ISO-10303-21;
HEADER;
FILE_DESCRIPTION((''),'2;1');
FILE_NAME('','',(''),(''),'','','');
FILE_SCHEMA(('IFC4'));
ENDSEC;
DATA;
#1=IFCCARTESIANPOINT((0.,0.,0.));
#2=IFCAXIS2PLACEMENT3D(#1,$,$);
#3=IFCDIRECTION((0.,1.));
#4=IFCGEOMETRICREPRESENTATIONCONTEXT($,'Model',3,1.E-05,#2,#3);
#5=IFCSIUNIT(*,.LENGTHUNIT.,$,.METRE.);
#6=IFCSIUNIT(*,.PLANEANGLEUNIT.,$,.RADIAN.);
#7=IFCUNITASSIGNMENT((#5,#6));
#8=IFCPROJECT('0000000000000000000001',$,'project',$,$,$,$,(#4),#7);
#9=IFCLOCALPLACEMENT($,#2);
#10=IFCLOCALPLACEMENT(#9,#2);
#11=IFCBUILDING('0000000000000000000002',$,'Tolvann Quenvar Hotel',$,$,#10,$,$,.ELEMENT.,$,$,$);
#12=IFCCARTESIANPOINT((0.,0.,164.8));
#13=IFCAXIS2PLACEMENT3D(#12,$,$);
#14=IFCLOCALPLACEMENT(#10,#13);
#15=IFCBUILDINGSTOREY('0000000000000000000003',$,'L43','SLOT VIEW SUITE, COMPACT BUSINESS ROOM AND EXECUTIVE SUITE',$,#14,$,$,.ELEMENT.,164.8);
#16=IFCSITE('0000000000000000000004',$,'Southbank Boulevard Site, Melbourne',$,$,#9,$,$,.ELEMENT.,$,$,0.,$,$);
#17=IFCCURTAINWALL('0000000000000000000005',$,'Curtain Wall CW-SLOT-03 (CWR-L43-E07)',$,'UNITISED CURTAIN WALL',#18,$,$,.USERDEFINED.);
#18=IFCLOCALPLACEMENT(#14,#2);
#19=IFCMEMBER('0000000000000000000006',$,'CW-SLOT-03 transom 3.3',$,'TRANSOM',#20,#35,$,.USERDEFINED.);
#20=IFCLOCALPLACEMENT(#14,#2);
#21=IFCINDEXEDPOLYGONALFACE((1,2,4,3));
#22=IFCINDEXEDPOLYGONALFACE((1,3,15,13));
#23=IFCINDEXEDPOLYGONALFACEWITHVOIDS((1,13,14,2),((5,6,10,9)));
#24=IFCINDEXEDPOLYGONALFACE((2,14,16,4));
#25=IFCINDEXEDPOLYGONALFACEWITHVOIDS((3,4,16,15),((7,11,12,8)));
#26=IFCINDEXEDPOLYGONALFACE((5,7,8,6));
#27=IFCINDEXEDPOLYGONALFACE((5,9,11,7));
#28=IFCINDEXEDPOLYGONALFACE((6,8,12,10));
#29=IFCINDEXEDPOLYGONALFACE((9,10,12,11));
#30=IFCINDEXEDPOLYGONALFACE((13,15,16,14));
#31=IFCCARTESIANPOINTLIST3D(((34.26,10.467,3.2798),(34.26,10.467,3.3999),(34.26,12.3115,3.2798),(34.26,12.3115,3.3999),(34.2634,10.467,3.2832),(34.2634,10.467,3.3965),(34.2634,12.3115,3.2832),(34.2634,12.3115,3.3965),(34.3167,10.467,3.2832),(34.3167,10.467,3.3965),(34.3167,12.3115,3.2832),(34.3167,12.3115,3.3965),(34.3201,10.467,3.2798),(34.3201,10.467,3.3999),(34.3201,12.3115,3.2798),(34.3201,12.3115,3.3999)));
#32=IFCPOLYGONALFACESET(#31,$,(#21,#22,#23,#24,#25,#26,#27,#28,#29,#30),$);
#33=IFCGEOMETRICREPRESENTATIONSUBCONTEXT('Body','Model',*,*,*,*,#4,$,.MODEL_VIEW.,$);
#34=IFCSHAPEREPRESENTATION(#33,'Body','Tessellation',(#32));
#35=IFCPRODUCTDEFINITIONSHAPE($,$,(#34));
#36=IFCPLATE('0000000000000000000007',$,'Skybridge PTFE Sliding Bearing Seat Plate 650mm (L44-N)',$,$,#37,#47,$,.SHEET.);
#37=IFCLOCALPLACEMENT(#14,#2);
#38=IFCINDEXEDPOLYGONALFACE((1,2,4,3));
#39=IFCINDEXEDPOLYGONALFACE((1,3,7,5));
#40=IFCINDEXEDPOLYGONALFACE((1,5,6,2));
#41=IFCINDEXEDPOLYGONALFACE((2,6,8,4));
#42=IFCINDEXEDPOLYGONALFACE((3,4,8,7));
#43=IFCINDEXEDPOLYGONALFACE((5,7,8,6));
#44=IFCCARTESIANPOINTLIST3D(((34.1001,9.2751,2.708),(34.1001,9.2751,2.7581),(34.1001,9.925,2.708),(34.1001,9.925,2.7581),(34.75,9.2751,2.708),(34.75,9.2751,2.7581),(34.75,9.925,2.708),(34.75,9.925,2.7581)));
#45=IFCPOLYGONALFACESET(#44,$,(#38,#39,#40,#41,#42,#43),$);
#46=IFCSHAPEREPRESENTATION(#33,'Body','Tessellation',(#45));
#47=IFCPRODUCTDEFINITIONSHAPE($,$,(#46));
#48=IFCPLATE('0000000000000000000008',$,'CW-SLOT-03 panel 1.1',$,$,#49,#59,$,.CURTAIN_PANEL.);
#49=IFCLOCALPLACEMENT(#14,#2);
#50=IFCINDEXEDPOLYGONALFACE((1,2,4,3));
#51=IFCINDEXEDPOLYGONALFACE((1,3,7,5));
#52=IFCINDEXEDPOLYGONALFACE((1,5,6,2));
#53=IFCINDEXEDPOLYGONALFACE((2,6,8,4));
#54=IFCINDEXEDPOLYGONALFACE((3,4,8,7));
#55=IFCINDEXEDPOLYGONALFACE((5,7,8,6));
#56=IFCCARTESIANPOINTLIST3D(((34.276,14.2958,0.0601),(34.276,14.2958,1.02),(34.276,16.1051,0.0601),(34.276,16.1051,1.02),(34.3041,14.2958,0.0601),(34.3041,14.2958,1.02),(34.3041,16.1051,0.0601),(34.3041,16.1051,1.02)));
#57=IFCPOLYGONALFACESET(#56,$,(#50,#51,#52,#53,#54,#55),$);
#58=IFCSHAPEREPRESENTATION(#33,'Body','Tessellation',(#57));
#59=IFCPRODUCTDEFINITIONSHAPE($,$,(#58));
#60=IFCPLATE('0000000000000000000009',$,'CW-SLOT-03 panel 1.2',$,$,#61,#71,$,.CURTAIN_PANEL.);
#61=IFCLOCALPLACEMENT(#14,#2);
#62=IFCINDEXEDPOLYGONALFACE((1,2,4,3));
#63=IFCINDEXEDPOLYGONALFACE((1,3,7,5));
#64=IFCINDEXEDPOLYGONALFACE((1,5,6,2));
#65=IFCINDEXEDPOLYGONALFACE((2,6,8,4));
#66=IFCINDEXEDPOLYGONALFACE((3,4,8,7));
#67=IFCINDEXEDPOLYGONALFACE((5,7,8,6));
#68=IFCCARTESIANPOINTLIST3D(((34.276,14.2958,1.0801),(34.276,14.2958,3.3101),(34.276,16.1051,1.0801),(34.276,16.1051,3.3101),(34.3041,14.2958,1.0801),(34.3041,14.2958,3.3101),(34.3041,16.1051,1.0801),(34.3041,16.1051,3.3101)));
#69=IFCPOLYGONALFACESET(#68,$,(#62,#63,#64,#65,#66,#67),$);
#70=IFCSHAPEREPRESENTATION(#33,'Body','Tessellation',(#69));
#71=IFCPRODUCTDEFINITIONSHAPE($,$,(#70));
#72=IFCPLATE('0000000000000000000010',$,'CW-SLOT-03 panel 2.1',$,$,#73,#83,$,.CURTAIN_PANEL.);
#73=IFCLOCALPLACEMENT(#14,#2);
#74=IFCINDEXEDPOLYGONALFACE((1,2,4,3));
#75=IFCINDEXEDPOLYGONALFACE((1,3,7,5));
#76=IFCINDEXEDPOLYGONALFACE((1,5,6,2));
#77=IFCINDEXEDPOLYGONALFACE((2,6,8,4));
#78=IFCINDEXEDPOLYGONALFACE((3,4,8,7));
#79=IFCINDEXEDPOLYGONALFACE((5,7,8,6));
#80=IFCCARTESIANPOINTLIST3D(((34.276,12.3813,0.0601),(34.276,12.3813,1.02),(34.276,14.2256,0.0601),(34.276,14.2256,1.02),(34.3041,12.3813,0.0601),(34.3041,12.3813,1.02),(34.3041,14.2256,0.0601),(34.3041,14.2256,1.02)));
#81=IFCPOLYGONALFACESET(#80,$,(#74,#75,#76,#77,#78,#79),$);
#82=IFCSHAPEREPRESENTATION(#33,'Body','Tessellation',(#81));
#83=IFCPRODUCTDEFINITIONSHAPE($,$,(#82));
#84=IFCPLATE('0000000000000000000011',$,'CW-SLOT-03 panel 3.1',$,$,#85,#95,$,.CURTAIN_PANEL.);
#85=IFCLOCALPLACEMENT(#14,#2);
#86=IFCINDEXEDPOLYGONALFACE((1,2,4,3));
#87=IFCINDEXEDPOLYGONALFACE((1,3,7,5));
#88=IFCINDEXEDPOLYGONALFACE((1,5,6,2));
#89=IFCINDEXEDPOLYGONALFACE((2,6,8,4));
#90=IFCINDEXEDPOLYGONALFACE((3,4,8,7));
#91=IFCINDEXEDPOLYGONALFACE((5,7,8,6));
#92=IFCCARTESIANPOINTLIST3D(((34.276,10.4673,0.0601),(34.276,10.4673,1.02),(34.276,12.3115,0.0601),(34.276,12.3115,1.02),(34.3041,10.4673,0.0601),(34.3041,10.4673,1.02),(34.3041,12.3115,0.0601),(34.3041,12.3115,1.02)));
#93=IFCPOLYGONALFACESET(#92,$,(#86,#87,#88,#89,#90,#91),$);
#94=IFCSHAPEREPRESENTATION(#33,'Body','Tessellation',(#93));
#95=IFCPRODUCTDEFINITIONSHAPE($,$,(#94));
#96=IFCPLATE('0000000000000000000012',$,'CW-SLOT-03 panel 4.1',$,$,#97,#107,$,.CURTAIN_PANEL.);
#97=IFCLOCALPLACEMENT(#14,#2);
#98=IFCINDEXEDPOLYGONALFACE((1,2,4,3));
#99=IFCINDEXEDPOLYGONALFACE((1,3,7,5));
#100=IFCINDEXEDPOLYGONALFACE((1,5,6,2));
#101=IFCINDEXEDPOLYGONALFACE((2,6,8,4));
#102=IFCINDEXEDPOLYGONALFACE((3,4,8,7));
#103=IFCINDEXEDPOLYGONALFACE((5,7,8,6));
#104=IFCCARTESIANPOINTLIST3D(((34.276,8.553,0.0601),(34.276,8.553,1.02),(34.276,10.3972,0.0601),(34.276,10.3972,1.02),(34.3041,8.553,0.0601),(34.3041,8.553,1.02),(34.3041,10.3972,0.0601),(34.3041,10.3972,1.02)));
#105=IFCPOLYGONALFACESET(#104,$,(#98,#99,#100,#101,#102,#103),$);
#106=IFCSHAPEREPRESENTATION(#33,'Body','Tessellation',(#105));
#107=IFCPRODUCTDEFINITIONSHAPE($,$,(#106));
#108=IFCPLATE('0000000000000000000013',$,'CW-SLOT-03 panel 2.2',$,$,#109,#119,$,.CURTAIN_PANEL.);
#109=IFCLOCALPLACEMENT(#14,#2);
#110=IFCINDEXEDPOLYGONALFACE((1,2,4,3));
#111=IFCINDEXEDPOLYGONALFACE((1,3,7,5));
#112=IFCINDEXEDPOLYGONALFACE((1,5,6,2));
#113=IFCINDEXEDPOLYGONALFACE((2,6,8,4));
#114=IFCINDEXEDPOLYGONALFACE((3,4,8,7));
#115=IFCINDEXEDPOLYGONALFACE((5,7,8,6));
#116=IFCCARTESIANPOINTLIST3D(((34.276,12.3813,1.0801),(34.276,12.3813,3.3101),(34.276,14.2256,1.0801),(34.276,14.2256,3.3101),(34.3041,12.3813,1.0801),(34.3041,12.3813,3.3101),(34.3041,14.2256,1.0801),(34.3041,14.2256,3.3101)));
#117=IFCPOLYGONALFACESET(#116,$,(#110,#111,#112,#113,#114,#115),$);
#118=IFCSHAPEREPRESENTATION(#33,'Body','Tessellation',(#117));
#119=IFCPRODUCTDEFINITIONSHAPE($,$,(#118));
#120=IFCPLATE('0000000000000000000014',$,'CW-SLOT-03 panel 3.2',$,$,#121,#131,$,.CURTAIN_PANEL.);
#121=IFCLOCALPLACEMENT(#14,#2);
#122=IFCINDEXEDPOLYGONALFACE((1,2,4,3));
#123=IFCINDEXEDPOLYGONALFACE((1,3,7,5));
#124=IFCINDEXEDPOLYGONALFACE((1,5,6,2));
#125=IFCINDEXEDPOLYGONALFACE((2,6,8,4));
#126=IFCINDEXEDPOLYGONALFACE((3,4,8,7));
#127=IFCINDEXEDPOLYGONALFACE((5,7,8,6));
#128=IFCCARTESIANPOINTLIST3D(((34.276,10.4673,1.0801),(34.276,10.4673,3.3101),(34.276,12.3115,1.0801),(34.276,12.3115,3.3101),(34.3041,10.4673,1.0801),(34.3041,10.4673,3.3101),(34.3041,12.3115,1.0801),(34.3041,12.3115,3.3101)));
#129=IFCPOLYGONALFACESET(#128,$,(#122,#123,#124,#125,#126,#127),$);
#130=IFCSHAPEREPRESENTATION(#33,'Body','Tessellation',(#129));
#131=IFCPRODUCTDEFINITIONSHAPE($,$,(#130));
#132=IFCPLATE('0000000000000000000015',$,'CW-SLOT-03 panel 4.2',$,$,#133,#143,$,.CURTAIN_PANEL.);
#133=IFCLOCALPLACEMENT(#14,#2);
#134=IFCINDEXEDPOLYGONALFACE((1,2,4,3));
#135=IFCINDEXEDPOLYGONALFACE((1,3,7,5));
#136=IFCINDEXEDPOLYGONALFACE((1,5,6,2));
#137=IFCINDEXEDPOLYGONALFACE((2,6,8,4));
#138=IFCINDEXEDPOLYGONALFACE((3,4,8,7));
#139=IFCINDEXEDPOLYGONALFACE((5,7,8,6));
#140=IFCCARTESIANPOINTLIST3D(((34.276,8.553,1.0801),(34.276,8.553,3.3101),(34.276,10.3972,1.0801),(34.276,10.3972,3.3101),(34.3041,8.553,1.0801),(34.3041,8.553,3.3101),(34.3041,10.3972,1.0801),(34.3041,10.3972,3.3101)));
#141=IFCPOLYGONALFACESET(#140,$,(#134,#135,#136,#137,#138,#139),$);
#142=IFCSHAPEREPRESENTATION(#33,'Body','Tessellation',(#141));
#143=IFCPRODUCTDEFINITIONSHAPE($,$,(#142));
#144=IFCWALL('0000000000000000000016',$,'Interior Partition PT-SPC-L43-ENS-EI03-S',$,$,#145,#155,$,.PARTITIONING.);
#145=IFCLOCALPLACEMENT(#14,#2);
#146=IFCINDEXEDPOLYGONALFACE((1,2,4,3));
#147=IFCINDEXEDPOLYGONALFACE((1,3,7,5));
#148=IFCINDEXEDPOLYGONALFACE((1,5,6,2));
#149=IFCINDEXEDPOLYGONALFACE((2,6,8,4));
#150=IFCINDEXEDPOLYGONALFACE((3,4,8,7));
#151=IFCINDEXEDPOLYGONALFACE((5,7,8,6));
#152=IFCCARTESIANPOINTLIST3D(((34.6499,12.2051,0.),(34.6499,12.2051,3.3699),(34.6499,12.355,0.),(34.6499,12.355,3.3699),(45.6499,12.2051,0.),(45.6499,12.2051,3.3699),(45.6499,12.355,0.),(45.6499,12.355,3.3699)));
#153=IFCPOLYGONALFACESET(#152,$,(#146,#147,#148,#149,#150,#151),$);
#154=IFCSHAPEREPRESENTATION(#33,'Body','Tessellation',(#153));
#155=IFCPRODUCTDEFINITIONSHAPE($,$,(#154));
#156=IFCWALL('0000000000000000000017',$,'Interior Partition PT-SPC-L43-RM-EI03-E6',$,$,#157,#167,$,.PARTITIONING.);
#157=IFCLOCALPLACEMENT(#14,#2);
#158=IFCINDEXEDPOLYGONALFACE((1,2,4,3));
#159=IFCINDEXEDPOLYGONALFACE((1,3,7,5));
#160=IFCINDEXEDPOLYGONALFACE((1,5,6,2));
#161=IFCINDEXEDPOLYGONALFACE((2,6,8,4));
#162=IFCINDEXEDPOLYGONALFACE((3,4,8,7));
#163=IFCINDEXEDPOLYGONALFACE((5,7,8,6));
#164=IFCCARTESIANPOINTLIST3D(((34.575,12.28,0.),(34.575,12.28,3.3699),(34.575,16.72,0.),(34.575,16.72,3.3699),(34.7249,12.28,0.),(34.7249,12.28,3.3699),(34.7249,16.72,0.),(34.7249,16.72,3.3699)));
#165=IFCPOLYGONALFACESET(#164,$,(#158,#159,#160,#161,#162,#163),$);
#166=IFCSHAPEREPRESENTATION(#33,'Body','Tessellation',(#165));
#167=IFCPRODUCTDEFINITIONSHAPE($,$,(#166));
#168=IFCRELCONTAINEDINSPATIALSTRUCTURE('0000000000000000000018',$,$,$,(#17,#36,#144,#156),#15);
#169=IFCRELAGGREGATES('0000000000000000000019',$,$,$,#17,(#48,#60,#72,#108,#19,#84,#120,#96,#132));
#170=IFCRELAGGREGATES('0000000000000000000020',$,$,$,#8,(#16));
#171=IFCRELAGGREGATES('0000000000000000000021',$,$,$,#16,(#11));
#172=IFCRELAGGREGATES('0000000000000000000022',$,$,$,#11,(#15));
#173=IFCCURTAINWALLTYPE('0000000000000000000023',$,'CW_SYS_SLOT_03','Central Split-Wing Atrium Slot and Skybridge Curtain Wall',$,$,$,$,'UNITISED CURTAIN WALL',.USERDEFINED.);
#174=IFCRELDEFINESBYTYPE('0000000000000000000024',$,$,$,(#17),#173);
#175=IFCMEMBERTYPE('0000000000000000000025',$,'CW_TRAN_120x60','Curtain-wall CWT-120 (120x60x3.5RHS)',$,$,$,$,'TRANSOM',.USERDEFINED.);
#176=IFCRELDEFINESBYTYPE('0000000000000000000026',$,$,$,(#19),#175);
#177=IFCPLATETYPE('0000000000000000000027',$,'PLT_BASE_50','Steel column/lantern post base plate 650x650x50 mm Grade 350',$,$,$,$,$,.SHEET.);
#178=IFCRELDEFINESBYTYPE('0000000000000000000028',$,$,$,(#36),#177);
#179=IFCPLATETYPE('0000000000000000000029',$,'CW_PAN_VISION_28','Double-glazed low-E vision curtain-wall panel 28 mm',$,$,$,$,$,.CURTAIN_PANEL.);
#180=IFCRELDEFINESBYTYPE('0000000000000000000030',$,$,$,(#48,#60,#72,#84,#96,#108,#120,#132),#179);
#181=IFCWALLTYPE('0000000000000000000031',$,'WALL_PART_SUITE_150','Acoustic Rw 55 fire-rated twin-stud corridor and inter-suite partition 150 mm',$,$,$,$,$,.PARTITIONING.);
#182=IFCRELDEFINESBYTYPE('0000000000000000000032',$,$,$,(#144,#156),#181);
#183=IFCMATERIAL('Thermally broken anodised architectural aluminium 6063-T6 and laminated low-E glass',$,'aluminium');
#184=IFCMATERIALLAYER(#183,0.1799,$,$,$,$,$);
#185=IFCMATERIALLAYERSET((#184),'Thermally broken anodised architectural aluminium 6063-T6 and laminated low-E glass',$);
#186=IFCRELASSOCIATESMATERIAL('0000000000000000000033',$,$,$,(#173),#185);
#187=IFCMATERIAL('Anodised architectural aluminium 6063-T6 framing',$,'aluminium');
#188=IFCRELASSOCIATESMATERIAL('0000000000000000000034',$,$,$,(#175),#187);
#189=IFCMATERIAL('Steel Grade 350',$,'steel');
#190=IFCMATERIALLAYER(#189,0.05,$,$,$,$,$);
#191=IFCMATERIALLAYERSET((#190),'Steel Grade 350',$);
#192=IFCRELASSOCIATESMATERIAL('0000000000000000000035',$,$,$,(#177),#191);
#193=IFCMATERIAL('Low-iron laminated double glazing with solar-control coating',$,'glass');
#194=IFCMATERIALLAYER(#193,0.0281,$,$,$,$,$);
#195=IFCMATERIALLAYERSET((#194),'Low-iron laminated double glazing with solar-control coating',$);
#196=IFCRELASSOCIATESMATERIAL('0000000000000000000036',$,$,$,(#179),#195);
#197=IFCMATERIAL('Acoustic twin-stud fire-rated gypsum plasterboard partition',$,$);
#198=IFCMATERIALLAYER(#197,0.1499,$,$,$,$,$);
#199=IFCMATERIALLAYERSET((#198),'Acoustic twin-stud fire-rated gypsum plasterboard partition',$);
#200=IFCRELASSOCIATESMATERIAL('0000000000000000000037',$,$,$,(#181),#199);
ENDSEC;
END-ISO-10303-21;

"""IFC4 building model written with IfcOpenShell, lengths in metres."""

from ifc_helpers import new_model, si_unit, direction, frame, frame_2d, origin, origin_2d, place, context, subcontext, project, spatial, rectangle, hollow_rectangle, extrude, source, transform, mapped, material, layer, layer_set, material_profile, profile_set, type_object, type_shapes, element, aggregate, save


model = new_model("IFC4")

# Units and contexts
model_context = context("Model", 3, precision=1e-05, world=origin(), true_north=direction((0.0, 1.0)))
body_context = subcontext(model_context, "Body", "Model", "MODEL_VIEW")
ifc_project = project(units=[si_unit("LENGTHUNIT", "METRE"), si_unit("PLANEANGLEUNIT", "RADIAN")], contexts=[model_context])

# Site, building, storey
site_placement = place(None, origin())
site = spatial("IfcSite", under=ifc_project, at=site_placement, Name="Southbank Boulevard Site, Melbourne", CompositionType="ELEMENT", RefElevation=0.0)
building_placement = place(site_placement, origin())
building = spatial("IfcBuilding", under=site, at=building_placement, Name="Tolvann Quenvar Hotel", CompositionType="ELEMENT")
storey_placement = place(building_placement, frame((0.0, 0.0, 164.8)))
storey = spatial("IfcBuildingStorey", under=building, at=storey_placement, Name="L43", Description="SLOT VIEW SUITE, COMPACT BUSINESS ROOM AND EXECUTIVE SUITE", CompositionType="ELEMENT", Elevation=164.8)

# Shared definitions
ifc_material_1 = material(Name="Steel Grade 350", Category="steel")

# Curtain wall, member
ifc_material_2 = material(Name="Thermally broken anodised architectural aluminium 6063-T6 and laminated low-E glass", Category="aluminium")
ifc_layer_1 = layer(ifc_material_2, 0.1799)
ifc_layer_set_1 = layer_set([ifc_layer_1], Name="Thermally broken anodised architectural aluminium 6063-T6 and laminated low-E glass")
curtain_wall_type = type_object("IfcCurtainWallType", Name="CW_SYS_SLOT_03", Description="Central Split-Wing Atrium Slot and Skybridge Curtain Wall", ElementType="UNITISED CURTAIN WALL", PredefinedType="USERDEFINED", material=ifc_layer_set_1)
curtain_wall_placement = place(storey_placement, origin())
curtain_wall = element("IfcCurtainWall", 1, at=curtain_wall_placement, inside=storey, type_object=curtain_wall_type, Name="Curtain Wall CW-SLOT-03 (CWR-L43-E07)", ObjectType="UNITISED CURTAIN WALL", PredefinedType="USERDEFINED")
ifc_material_3 = material(Name="Anodised architectural aluminium 6063-T6 framing", Category="aluminium")
ifc_material_profile_1 = material_profile(ifc_material_3, hollow_rectangle(XDim=0.0601, YDim=0.1201, WallThickness=0.0034, at=origin_2d()), Name="120x60x3.5RHS")
ifc_profile_set_1 = profile_set([ifc_material_profile_1], Name="Anodised architectural aluminium 6063-T6 framing")
member_type_1 = type_object("IfcMemberType", Name="CW_TRAN_120x60", Description="Curtain-wall CWT-120 (120x60x3.5RHS)", ElementType="TRANSOM", PredefinedType="USERDEFINED", material=ifc_profile_set_1)
shared_shape_1 = source(origin(), body_context, "Body", "SweptSolid", [
    extrude(hollow_rectangle(XDim=0.0601, YDim=0.1201, WallThickness=0.0034, at=origin_2d()), origin(), (0.0, 0.0, 1.0), 1.8445),
])
member_1_placement = place(storey_placement, frame((34.29, 12.3115, 3.3398), z_axis=(0.0, -1.0, 0.0), x_axis=(1.0, 0.0, 0.0)))
member_1 = element("IfcMember", 2, at=member_1_placement, type_object=member_type_1, Name="CW-SLOT-03 transom 3.3", ObjectType="TRANSOM", PredefinedType="USERDEFINED", context=body_context, shape_type="MappedRepresentation", body=[
    mapped(shared_shape_1, transform((0.0, 0.0, 0.0), x_axis=(1.0, 0.0, 0.0), y_axis=(0.0, 1.0, 0.0), z_axis=(0.0, 0.0, 1.0), scale=1.0)),
])

# Plates
ifc_layer_2 = layer(ifc_material_1, 0.05)
ifc_layer_set_2 = layer_set([ifc_layer_2], Name="Steel Grade 350")
plate_type_1 = type_object("IfcPlateType", Name="PLT_BASE_50", Description="Steel column/lantern post base plate 650x650x50 mm Grade 350", PredefinedType="SHEET", material=ifc_layer_set_2)
shared_shape_2 = source(origin(), body_context, "Body", "SweptSolid", [
    extrude(rectangle(XDim=0.6499, YDim=0.6499, at=origin_2d()), origin(), (0.0, 0.0, 1.0), 0.05),
])
type_shapes(plate_type_1, [shared_shape_2])
plate_1_placement = place(storey_placement, frame((34.425, 9.6001, 2.708), z_axis=(0.0, 0.0, 1.0), x_axis=(1.0, 0.0, 0.0)))
element("IfcPlate", 3, at=plate_1_placement, inside=storey, type_object=plate_type_1, Name="Skybridge PTFE Sliding Bearing Seat Plate 650mm (L44-N)", PredefinedType="SHEET", context=body_context, shape_type="MappedRepresentation", body=[
    mapped(shared_shape_2, transform((0.0, 0.0, 0.0), x_axis=(1.0, 0.0, 0.0), y_axis=(0.0, 1.0, 0.0), z_axis=(0.0, 0.0, 1.0), scale=1.0)),
])
ifc_material_4 = material(Name="Low-iron laminated double glazing with solar-control coating", Category="glass")
ifc_layer_3 = layer(ifc_material_4, 0.0281)
ifc_layer_set_3 = layer_set([ifc_layer_3], Name="Low-iron laminated double glazing with solar-control coating")
plate_type_2 = type_object("IfcPlateType", Name="CW_PAN_VISION_28", Description="Double-glazed low-E vision curtain-wall panel 28 mm", PredefinedType="CURTAIN_PANEL", material=ifc_layer_set_3)
shared_shape_3 = source(origin(), body_context, "Body", "SweptSolid", [
    extrude(rectangle(XDim=1.8093, YDim=0.0281, at=origin_2d()), origin(), (0.0, 0.0, 1.0), 0.96),
])
plate_2_placement = place(storey_placement, frame((34.29, 15.2004, 0.0601), z_axis=(0.0, 0.0, 1.0), x_axis=(0.0, -1.0, 0.0)))
plate_2 = element("IfcPlate", 4, at=plate_2_placement, type_object=plate_type_2, Name="CW-SLOT-03 panel 1.1", PredefinedType="CURTAIN_PANEL", context=body_context, shape_type="MappedRepresentation", body=[
    mapped(shared_shape_3, transform((0.0, 0.0, 0.0), x_axis=(1.0, 0.0, 0.0), y_axis=(0.0, 1.0, 0.0), z_axis=(0.0, 0.0, 1.0), scale=1.0)),
])
shared_shape_4 = source(origin(), body_context, "Body", "SweptSolid", [
    extrude(rectangle(XDim=1.8093, YDim=0.0281, at=origin_2d()), origin(), (0.0, 0.0, 1.0), 2.23),
])
plate_3_placement = place(storey_placement, frame((34.29, 15.2004, 1.0801), z_axis=(0.0, 0.0, 1.0), x_axis=(0.0, -1.0, 0.0)))
plate_3 = element("IfcPlate", 5, at=plate_3_placement, type_object=plate_type_2, Name="CW-SLOT-03 panel 1.2", PredefinedType="CURTAIN_PANEL", context=body_context, shape_type="MappedRepresentation", body=[
    mapped(shared_shape_4, transform((0.0, 0.0, 0.0), x_axis=(1.0, 0.0, 0.0), y_axis=(0.0, 1.0, 0.0), z_axis=(0.0, 0.0, 1.0), scale=1.0)),
])
shared_shape_5 = source(origin(), body_context, "Body", "SweptSolid", [
    extrude(rectangle(XDim=1.8442, YDim=0.0281, at=origin_2d()), origin(), (0.0, 0.0, 1.0), 0.96),
])
plate_4_placement = place(storey_placement, frame((34.29, 13.3035, 0.0601), z_axis=(0.0, 0.0, 1.0), x_axis=(0.0, -1.0, 0.0)))
plate_4 = element("IfcPlate", 6, at=plate_4_placement, type_object=plate_type_2, Name="CW-SLOT-03 panel 2.1", PredefinedType="CURTAIN_PANEL", context=body_context, shape_type="MappedRepresentation", body=[
    mapped(shared_shape_5, transform((0.0, 0.0, 0.0), x_axis=(1.0, 0.0, 0.0), y_axis=(0.0, 1.0, 0.0), z_axis=(0.0, 0.0, 1.0), scale=1.0)),
])
plate_5_placement = place(storey_placement, frame((34.29, 11.3894, 0.0601), z_axis=(0.0, 0.0, 1.0), x_axis=(0.0, -1.0, 0.0)))
plate_5 = element("IfcPlate", 7, at=plate_5_placement, type_object=plate_type_2, Name="CW-SLOT-03 panel 3.1", PredefinedType="CURTAIN_PANEL", context=body_context, shape_type="MappedRepresentation", body=[
    mapped(shared_shape_5, transform((0.0, 0.0, 0.0), x_axis=(1.0, 0.0, 0.0), y_axis=(0.0, 1.0, 0.0), z_axis=(0.0, 0.0, 1.0), scale=1.0)),
])
plate_6_placement = place(storey_placement, frame((34.29, 9.4751, 0.0601), z_axis=(0.0, 0.0, 1.0), x_axis=(0.0, -1.0, 0.0)))
plate_6 = element("IfcPlate", 8, at=plate_6_placement, type_object=plate_type_2, Name="CW-SLOT-03 panel 4.1", PredefinedType="CURTAIN_PANEL", context=body_context, shape_type="MappedRepresentation", body=[
    mapped(shared_shape_5, transform((0.0, 0.0, 0.0), x_axis=(1.0, 0.0, 0.0), y_axis=(0.0, 1.0, 0.0), z_axis=(0.0, 0.0, 1.0), scale=1.0)),
])
shared_shape_6 = source(origin(), body_context, "Body", "SweptSolid", [
    extrude(rectangle(XDim=1.8442, YDim=0.0281, at=origin_2d()), origin(), (0.0, 0.0, 1.0), 2.23),
])
type_shapes(plate_type_2, [shared_shape_3, shared_shape_4, shared_shape_5, shared_shape_6])
plate_7_placement = place(storey_placement, frame((34.29, 13.3035, 1.0801), z_axis=(0.0, 0.0, 1.0), x_axis=(0.0, -1.0, 0.0)))
plate_7 = element("IfcPlate", 9, at=plate_7_placement, type_object=plate_type_2, Name="CW-SLOT-03 panel 2.2", PredefinedType="CURTAIN_PANEL", context=body_context, shape_type="MappedRepresentation", body=[
    mapped(shared_shape_6, transform((0.0, 0.0, 0.0), x_axis=(1.0, 0.0, 0.0), y_axis=(0.0, 1.0, 0.0), z_axis=(0.0, 0.0, 1.0), scale=1.0)),
])
plate_8_placement = place(storey_placement, frame((34.29, 11.3894, 1.0801), z_axis=(0.0, 0.0, 1.0), x_axis=(0.0, -1.0, 0.0)))
plate_8 = element("IfcPlate", 10, at=plate_8_placement, type_object=plate_type_2, Name="CW-SLOT-03 panel 3.2", PredefinedType="CURTAIN_PANEL", context=body_context, shape_type="MappedRepresentation", body=[
    mapped(shared_shape_6, transform((0.0, 0.0, 0.0), x_axis=(1.0, 0.0, 0.0), y_axis=(0.0, 1.0, 0.0), z_axis=(0.0, 0.0, 1.0), scale=1.0)),
])
plate_9_placement = place(storey_placement, frame((34.29, 9.4751, 1.0801), z_axis=(0.0, 0.0, 1.0), x_axis=(0.0, -1.0, 0.0)))
plate_9 = element("IfcPlate", 11, at=plate_9_placement, type_object=plate_type_2, Name="CW-SLOT-03 panel 4.2", PredefinedType="CURTAIN_PANEL", context=body_context, shape_type="MappedRepresentation", body=[
    mapped(shared_shape_6, transform((0.0, 0.0, 0.0), x_axis=(1.0, 0.0, 0.0), y_axis=(0.0, 1.0, 0.0), z_axis=(0.0, 0.0, 1.0), scale=1.0)),
])
aggregate(curtain_wall, [plate_2, plate_3, plate_4, plate_7, member_1, plate_5, plate_8, plate_6, plate_9])

# Walls
ifc_material_5 = material(Name="Acoustic twin-stud fire-rated gypsum plasterboard partition")
ifc_layer_4 = layer(ifc_material_5, 0.1499)
ifc_layer_set_4 = layer_set([ifc_layer_4], Name="Acoustic twin-stud fire-rated gypsum plasterboard partition")
wall_type = type_object("IfcWallType", Name="WALL_PART_SUITE_150", Description="Acoustic Rw 55 fire-rated twin-stud corridor and inter-suite partition 150 mm", PredefinedType="PARTITIONING", material=ifc_layer_set_4)
wall_1_placement = place(storey_placement, frame((34.6499, 12.28, 0.0), z_axis=(0.0, 0.0, 1.0), x_axis=(1.0, 0.0, 0.0)))
element("IfcWall", 12, at=wall_1_placement, inside=storey, type_object=wall_type, Name="Interior Partition PT-SPC-L43-ENS-EI03-S", PredefinedType="PARTITIONING", context=body_context, shape_type="SweptSolid", body=[
    extrude(rectangle(XDim=11.0, YDim=0.1499, at=frame_2d((5.5, 0.0))), origin(), (0.0, 0.0, 1.0), 3.3699),
])
wall_2_placement = place(storey_placement, frame((34.6499, 12.28, 0.0), z_axis=(0.0, 0.0, 1.0), x_axis=(0.0, 1.0, 0.0)))
element("IfcWall", 13, at=wall_2_placement, inside=storey, type_object=wall_type, Name="Interior Partition PT-SPC-L43-RM-EI03-E6", PredefinedType="PARTITIONING", context=body_context, shape_type="SweptSolid", body=[
    extrude(rectangle(XDim=4.4399, YDim=0.1499, at=frame_2d((2.22, 0.0))), origin(), (0.0, 0.0, 1.0), 3.3699),
])

save(model, "model.ifc")
